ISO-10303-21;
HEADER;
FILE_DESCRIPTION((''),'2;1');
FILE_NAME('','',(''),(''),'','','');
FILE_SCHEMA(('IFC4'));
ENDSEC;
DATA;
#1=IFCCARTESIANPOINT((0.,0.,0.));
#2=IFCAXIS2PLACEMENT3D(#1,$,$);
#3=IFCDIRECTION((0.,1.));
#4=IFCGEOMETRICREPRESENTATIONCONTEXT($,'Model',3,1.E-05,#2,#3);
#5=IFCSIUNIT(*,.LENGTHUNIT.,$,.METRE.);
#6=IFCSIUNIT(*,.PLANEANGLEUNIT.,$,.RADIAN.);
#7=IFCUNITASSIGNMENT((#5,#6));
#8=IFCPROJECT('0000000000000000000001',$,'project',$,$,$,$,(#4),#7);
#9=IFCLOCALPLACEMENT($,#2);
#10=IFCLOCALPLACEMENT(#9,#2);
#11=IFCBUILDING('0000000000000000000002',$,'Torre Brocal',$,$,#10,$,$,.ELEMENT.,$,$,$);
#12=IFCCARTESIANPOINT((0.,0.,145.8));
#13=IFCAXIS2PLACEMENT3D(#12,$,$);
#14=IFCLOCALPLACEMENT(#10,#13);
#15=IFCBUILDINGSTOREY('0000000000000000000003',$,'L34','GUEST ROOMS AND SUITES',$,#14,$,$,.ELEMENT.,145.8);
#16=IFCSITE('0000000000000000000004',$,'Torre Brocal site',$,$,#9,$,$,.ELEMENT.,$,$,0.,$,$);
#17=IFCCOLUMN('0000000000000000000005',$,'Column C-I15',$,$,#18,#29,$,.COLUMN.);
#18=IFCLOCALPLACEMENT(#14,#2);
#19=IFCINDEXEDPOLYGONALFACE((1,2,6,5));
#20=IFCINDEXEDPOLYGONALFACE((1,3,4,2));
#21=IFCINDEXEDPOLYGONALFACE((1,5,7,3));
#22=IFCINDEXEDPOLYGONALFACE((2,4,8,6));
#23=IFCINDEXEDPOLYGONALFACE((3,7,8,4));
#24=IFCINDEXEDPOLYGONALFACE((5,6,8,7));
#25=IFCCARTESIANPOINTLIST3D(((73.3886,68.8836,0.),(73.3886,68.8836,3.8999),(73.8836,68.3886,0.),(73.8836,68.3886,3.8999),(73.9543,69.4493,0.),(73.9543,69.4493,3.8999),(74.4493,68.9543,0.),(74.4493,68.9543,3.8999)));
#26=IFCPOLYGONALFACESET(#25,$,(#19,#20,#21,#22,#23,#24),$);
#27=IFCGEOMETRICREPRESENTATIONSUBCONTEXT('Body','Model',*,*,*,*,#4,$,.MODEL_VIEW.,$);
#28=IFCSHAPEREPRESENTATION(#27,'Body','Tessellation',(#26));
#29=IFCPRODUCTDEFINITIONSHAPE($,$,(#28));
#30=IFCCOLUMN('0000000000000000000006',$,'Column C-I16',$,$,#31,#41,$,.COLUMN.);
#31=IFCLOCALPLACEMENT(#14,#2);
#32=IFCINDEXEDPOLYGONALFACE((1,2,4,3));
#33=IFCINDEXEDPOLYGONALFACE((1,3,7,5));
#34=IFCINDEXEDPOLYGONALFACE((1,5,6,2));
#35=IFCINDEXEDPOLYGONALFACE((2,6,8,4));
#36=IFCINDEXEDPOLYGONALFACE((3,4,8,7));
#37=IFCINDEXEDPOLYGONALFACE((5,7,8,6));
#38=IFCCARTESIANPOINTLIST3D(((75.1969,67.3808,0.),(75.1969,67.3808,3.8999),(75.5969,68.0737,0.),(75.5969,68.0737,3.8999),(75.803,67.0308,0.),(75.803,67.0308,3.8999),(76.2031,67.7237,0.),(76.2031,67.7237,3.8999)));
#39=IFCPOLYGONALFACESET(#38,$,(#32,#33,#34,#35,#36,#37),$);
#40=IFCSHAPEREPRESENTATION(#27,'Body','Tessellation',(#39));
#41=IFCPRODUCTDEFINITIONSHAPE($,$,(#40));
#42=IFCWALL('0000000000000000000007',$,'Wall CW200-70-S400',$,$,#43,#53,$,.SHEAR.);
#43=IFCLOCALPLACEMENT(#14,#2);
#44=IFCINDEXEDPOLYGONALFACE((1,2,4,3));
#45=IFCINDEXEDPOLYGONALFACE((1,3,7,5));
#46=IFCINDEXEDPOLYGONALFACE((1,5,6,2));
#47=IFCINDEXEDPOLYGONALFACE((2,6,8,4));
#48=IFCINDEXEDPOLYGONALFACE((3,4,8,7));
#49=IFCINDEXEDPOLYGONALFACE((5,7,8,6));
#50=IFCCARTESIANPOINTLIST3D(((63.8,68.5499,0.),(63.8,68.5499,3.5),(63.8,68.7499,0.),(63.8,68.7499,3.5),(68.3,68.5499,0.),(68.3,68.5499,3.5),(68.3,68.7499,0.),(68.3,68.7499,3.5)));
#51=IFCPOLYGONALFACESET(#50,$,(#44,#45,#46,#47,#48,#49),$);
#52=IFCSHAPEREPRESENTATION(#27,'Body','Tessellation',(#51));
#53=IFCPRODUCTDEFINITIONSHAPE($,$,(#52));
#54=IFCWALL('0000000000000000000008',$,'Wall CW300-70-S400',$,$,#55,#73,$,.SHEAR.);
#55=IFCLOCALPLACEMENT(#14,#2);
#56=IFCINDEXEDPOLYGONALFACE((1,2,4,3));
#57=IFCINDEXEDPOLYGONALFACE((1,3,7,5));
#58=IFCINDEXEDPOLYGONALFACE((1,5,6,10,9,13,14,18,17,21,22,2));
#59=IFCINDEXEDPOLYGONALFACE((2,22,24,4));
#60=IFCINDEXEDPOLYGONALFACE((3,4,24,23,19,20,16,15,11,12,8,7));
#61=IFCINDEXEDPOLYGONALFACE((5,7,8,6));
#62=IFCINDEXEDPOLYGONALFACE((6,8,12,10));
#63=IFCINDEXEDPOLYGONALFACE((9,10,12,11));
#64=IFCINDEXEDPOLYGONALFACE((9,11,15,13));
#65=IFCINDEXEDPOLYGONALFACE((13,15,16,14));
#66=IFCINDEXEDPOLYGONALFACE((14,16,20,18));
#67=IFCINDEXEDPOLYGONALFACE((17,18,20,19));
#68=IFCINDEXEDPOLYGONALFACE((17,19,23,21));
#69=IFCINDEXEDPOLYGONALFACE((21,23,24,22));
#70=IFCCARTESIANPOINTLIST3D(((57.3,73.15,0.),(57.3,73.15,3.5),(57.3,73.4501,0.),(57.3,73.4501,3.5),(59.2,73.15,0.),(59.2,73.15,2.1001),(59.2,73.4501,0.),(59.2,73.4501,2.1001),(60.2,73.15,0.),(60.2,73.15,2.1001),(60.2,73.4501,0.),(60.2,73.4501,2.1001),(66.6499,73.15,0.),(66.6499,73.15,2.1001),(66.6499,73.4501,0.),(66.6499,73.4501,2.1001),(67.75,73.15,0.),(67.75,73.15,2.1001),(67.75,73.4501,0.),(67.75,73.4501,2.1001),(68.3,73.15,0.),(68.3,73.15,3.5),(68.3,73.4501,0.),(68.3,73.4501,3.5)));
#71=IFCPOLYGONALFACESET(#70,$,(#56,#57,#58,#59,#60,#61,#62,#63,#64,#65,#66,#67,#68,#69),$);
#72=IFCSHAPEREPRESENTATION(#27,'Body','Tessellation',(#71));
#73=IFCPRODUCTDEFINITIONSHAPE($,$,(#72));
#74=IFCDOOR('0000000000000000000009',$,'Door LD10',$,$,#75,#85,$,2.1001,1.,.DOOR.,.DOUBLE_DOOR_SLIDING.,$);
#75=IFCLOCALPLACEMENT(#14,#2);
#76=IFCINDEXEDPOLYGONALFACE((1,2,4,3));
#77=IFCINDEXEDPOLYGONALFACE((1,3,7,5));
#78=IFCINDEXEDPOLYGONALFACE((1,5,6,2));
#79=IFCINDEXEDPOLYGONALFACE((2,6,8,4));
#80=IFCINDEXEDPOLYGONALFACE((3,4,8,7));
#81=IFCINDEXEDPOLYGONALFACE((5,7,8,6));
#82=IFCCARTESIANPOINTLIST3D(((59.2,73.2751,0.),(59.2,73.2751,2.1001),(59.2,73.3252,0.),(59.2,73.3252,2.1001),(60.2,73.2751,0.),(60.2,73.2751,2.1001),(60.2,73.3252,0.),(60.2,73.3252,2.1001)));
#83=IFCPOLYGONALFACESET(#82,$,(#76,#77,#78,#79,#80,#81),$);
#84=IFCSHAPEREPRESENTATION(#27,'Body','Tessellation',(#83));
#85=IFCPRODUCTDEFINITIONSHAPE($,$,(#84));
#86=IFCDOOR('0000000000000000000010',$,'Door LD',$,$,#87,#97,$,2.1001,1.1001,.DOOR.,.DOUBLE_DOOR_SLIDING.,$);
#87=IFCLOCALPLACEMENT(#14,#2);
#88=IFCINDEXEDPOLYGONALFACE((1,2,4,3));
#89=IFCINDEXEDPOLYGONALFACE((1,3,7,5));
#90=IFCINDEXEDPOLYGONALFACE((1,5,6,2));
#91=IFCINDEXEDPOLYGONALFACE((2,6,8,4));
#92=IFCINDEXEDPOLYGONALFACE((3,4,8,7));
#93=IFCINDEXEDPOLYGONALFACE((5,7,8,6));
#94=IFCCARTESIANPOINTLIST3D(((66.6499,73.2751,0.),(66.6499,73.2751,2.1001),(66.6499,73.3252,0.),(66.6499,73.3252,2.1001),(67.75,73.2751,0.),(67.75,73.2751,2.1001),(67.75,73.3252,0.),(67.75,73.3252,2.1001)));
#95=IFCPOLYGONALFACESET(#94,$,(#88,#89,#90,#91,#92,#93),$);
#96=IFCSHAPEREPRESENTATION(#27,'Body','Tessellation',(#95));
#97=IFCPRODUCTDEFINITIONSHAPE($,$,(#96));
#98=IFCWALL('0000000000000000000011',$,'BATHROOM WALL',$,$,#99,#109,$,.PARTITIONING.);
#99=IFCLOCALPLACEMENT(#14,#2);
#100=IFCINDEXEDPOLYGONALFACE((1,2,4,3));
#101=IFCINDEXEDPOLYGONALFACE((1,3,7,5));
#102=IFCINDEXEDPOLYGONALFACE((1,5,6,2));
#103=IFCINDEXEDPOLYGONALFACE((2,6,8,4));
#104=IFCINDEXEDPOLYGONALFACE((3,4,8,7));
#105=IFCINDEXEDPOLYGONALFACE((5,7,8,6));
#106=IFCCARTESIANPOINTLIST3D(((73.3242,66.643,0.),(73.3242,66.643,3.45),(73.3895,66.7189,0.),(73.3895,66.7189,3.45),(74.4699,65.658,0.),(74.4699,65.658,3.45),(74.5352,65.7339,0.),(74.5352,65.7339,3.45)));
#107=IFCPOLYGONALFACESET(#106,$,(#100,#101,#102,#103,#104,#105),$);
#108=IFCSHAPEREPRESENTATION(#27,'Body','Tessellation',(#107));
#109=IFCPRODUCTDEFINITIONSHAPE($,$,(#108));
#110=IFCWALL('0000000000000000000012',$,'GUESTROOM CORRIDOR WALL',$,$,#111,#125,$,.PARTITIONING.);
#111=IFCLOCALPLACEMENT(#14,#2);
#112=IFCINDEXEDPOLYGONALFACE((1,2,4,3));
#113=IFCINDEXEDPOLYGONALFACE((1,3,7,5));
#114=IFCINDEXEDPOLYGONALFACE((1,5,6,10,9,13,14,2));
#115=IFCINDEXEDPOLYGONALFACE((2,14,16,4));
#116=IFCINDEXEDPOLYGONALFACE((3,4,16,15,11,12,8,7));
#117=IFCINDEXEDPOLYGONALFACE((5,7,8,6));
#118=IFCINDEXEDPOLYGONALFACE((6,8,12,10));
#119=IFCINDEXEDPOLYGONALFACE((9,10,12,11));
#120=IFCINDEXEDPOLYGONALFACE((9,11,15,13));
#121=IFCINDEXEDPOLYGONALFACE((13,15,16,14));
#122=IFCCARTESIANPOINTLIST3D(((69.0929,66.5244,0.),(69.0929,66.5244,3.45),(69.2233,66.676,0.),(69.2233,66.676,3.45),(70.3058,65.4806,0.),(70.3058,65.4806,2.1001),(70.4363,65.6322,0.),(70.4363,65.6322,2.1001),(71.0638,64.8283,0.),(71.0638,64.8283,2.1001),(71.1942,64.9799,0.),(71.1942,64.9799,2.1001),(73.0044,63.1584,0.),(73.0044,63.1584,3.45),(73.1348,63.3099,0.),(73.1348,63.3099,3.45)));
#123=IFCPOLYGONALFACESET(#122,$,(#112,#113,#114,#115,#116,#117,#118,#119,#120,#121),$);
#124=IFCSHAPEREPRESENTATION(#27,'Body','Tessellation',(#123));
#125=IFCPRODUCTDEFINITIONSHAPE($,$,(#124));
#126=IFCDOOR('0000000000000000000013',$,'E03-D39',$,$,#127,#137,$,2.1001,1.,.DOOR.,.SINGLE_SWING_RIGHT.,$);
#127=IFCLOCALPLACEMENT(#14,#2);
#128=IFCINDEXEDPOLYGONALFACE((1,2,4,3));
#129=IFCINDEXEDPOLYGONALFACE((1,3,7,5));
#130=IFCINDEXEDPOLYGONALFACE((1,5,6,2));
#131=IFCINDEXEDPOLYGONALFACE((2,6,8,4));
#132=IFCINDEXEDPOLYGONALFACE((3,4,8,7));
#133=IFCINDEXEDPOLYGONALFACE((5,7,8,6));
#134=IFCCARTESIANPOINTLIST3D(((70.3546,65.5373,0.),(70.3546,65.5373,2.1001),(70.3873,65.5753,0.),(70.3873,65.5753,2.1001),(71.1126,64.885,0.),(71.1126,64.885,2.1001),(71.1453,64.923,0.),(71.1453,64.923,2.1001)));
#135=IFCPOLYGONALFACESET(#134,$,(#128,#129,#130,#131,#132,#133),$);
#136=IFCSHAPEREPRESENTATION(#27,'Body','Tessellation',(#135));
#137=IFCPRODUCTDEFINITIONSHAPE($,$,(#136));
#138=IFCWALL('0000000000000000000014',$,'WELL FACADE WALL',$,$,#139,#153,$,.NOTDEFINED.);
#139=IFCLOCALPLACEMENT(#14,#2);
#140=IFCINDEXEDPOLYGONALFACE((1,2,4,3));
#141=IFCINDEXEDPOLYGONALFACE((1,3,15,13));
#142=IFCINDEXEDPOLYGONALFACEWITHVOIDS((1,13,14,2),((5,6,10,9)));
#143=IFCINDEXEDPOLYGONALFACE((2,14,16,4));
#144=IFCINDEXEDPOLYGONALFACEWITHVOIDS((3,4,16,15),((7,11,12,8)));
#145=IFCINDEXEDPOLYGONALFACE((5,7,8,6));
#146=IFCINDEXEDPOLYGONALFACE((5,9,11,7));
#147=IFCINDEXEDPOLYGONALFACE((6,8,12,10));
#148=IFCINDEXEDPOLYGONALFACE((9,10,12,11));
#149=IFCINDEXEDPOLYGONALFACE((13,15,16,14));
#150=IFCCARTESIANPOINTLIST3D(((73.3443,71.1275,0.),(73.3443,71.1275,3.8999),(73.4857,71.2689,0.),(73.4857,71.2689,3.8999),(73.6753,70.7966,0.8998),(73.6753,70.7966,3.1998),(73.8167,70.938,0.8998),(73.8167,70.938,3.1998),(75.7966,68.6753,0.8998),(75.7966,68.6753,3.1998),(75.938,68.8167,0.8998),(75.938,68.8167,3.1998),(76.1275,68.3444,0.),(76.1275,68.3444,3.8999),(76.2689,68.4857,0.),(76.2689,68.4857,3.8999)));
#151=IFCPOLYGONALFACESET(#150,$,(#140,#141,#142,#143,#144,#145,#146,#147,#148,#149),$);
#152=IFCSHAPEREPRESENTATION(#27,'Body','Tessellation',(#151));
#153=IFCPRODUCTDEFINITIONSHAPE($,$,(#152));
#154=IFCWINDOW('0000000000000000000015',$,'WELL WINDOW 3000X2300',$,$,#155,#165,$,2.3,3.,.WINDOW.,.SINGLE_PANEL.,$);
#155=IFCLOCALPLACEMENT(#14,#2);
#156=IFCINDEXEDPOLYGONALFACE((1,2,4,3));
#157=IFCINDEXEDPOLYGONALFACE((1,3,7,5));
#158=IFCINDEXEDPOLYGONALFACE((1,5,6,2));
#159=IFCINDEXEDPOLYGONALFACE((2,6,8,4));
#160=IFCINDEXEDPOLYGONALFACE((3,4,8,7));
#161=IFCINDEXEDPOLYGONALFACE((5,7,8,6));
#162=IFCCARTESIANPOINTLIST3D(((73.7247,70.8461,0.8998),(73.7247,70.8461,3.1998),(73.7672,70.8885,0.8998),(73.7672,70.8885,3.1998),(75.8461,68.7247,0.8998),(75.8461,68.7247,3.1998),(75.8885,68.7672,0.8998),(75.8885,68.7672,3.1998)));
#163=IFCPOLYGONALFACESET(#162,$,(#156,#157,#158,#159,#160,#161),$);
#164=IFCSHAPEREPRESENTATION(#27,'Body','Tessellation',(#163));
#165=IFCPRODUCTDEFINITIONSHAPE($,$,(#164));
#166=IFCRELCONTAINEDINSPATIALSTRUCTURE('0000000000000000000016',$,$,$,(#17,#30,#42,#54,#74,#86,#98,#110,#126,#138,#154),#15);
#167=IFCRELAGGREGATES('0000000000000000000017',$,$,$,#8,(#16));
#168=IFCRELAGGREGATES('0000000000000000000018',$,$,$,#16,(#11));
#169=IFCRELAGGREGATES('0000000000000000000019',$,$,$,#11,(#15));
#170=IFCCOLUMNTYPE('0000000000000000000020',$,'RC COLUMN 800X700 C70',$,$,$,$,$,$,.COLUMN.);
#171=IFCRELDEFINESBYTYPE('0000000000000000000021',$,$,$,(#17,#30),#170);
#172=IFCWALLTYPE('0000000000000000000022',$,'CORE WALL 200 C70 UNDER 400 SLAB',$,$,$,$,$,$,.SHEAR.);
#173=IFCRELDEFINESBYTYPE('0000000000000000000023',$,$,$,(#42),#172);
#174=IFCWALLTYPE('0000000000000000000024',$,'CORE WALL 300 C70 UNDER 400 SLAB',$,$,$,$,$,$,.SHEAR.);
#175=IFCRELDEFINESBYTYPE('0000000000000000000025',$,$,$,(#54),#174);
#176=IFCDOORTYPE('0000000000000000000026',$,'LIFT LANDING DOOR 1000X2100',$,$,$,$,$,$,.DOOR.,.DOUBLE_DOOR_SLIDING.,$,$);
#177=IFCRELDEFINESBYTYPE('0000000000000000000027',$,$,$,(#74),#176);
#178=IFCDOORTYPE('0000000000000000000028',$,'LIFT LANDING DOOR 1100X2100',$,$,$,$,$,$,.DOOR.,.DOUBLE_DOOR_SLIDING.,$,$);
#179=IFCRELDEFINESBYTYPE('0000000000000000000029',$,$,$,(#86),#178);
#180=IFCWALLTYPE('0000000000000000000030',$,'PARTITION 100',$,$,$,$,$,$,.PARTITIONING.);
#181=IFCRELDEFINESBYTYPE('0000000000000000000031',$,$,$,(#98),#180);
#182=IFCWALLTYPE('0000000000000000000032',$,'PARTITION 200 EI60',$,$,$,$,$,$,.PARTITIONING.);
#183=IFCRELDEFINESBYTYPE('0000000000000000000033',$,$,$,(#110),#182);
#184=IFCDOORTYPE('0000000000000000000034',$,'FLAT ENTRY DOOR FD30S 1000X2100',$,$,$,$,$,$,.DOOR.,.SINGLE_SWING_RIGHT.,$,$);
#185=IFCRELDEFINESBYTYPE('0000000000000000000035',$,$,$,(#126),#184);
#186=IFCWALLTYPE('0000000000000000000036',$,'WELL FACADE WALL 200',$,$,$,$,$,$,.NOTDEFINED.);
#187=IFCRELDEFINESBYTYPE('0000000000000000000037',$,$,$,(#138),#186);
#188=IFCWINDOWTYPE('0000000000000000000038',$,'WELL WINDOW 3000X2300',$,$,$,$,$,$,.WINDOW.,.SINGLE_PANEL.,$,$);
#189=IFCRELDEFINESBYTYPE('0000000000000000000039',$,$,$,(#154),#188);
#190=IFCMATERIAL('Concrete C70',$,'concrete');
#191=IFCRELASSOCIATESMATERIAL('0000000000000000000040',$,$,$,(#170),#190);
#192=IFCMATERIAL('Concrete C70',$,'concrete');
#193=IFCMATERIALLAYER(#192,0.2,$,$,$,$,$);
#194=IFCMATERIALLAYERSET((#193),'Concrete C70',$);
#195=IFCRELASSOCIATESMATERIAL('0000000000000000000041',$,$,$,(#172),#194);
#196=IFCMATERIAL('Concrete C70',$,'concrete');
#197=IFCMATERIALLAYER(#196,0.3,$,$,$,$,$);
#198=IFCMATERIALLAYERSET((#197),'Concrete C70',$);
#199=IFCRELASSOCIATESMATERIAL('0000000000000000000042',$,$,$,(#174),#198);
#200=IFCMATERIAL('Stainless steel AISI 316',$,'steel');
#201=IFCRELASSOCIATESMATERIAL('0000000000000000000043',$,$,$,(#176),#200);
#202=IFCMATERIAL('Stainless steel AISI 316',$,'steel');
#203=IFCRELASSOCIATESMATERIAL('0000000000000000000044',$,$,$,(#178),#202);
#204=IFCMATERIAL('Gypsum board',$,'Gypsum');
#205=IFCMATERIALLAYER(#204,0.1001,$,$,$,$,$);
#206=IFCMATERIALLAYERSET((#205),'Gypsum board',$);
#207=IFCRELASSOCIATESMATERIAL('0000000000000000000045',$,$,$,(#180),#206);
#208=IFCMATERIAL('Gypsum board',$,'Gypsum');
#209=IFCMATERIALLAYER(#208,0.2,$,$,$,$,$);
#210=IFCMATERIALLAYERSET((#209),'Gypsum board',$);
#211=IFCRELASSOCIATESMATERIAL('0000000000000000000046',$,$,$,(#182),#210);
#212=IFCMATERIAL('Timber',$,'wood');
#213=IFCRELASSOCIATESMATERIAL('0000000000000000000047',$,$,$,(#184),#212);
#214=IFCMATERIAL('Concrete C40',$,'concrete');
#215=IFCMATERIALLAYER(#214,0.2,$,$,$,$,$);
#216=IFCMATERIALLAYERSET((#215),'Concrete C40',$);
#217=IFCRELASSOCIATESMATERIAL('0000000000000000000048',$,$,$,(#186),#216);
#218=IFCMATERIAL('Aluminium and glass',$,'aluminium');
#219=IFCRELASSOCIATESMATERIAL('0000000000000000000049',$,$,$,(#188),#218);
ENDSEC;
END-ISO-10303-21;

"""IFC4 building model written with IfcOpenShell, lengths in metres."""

from ifc_helpers import new_model, si_unit, direction, frame, frame_2d, origin, origin_2d, place, context, subcontext, project, spatial, rectangle, extrude, material, layer, layer_set, material_profile, profile_set, type_object, element, fill, save


model = new_model("IFC4")

# Units and contexts
model_context = context("Model", 3, precision=1e-05, world=origin(), true_north=direction((0.0, 1.0)))
body_context = subcontext(model_context, "Body", "Model", "MODEL_VIEW")
ifc_project = project(units=[si_unit("LENGTHUNIT", "METRE"), si_unit("PLANEANGLEUNIT", "RADIAN")], contexts=[model_context])

# Site, building, storey
site_placement = place(None, origin())
site = spatial("IfcSite", under=ifc_project, at=site_placement, Name="Torre Brocal site", CompositionType="ELEMENT", RefElevation=0.0)
building_placement = place(site_placement, origin())
building = spatial("IfcBuilding", under=site, at=building_placement, Name="Torre Brocal", CompositionType="ELEMENT")
storey_placement = place(building_placement, frame((0.0, 0.0, 145.8)))
storey = spatial("IfcBuildingStorey", under=building, at=storey_placement, Name="L34", Description="GUEST ROOMS AND SUITES", CompositionType="ELEMENT", Elevation=145.8)

# Columns
ifc_material_1 = material(Name="Concrete C70", Category="concrete")
ifc_material_profile = material_profile(ifc_material_1, rectangle(XDim=0.8, YDim=0.7, at=origin_2d()), Name="RC 800X700")
ifc_profile_set = profile_set([ifc_material_profile], Name="Concrete C70")
column_type = type_object("IfcColumnType", Name="RC COLUMN 800X700 C70", PredefinedType="COLUMN", material=ifc_profile_set)
for number, where, z_axis, x_axis, name in (
    (1, (73.9189, 68.9189, 0.0), (0.0, 0.0, 1.0), (-0.707107, -0.707107, 0.0), "Column C-I15"),
    (2, (75.7, 67.5522, 0.0), (0.0, 0.0, 1.0), (-0.5, -0.866025, 0.0), "Column C-I16"),
):
    element("IfcColumn", number, at=place(storey_placement, frame(where, z_axis=z_axis, x_axis=x_axis)), inside=storey, type_object=column_type, Name=name, PredefinedType="COLUMN", context=body_context, shape_type="SweptSolid", body=[
        extrude(rectangle(XDim=0.8, YDim=0.7, at=origin_2d()), origin(), (0.0, 0.0, 1.0), 3.8999),
    ])

# Wall
ifc_material_2 = material(Name="Concrete C70", Category="concrete")
ifc_layer_1 = layer(ifc_material_2, 0.2)
ifc_layer_set_1 = layer_set([ifc_layer_1], Name="Concrete C70")
wall_type_1 = type_object("IfcWallType", Name="CORE WALL 200 C70 UNDER 400 SLAB", PredefinedType="SHEAR", material=ifc_layer_set_1)
wall_1_placement = place(storey_placement, frame((68.3, 68.6499, 0.0), z_axis=(0.0, 0.0, 1.0), x_axis=(-1.0, 0.0, 0.0)))
element("IfcWall", 3, at=wall_1_placement, inside=storey, type_object=wall_type_1, Name="Wall CW200-70-S400", PredefinedType="SHEAR", context=body_context, shape_type="SweptSolid", body=[
    extrude(rectangle(XDim=4.5, YDim=0.2, at=frame_2d((2.25, 0.0))), origin(), (0.0, 0.0, 1.0), 3.5),
])

# Wall, openings, doors
ifc_material_3 = material(Name="Concrete C70", Category="concrete")
ifc_layer_2 = layer(ifc_material_3, 0.3)
ifc_layer_set_2 = layer_set([ifc_layer_2], Name="Concrete C70")
wall_type_2 = type_object("IfcWallType", Name="CORE WALL 300 C70 UNDER 400 SLAB", PredefinedType="SHEAR", material=ifc_layer_set_2)
wall_2_placement = place(storey_placement, frame((68.3, 73.3, 0.0), z_axis=(0.0, 0.0, 1.0), x_axis=(-1.0, 0.0, 0.0)))
wall_2 = element("IfcWall", 4, at=wall_2_placement, inside=storey, type_object=wall_type_2, Name="Wall CW300-70-S400", PredefinedType="SHEAR", context=body_context, shape_type="SweptSolid", body=[
    extrude(rectangle(XDim=11.0, YDim=0.3, at=frame_2d((5.5, 0.0))), origin(), (0.0, 0.0, 1.0), 3.5),
])
opening_1_placement = place(wall_2_placement, frame((0.55, 0.0, 0.0)))
opening_1 = element("IfcOpeningElement", 5, at=opening_1_placement, cuts=wall_2, PredefinedType="OPENING", context=body_context, shape_type="SweptSolid", body=[
    extrude(rectangle(XDim=1.1001, YDim=2.1001, at=frame_2d((0.55, 1.05))), frame((0.0, 0.1599, 0.0), z_axis=(0.0, -1.0, 0.0), x_axis=(1.0, 0.0, 0.0)), (0.0, 0.0, 1.0), 0.3201),
])
opening_2_placement = place(wall_2_placement, frame((8.1001, 0.0, 0.0)))
opening_2 = element("IfcOpeningElement", 6, at=opening_2_placement, cuts=wall_2, PredefinedType="OPENING", context=body_context, shape_type="SweptSolid", body=[
    extrude(rectangle(XDim=1.0, YDim=2.1001, at=frame_2d((0.5, 1.05))), frame((0.0, 0.1599, 0.0), z_axis=(0.0, -1.0, 0.0), x_axis=(1.0, 0.0, 0.0)), (0.0, 0.0, 1.0), 0.3201),
])
ifc_material_4 = material(Name="Stainless steel AISI 316", Category="steel")
door_type_1 = type_object("IfcDoorType", Name="LIFT LANDING DOOR 1000X2100", OperationType="DOUBLE_DOOR_SLIDING", PredefinedType="DOOR", material=ifc_material_4)
door_1_placement = place(opening_2_placement, origin())
door_1 = element("IfcDoor", 7, at=door_1_placement, inside=storey, type_object=door_type_1, Name="Door LD10", OperationType="DOUBLE_DOOR_SLIDING", OverallHeight=2.1001, OverallWidth=1.0, PredefinedType="DOOR", context=body_context, shape_type="SweptSolid", body=[
    extrude(rectangle(XDim=1.0, YDim=2.1001, at=frame_2d((0.5, 1.05))), frame((0.0, 0.0249, 0.0), z_axis=(0.0, -1.0, 0.0), x_axis=(1.0, 0.0, 0.0)), (0.0, 0.0, 1.0), 0.05),
])
fill(opening_2, door_1)
ifc_material_5 = material(Name="Stainless steel AISI 316", Category="steel")
door_type_2 = type_object("IfcDoorType", Name="LIFT LANDING DOOR 1100X2100", OperationType="DOUBLE_DOOR_SLIDING", PredefinedType="DOOR", material=ifc_material_5)
door_2_placement = place(opening_1_placement, origin())
door_2 = element("IfcDoor", 8, at=door_2_placement, inside=storey, type_object=door_type_2, Name="Door LD", OperationType="DOUBLE_DOOR_SLIDING", OverallHeight=2.1001, OverallWidth=1.1001, PredefinedType="DOOR", context=body_context, shape_type="SweptSolid", body=[
    extrude(rectangle(XDim=1.1001, YDim=2.1001, at=frame_2d((0.55, 1.05))), frame((0.0, 0.0249, 0.0), z_axis=(0.0, -1.0, 0.0), x_axis=(1.0, 0.0, 0.0)), (0.0, 0.0, 1.0), 0.05),
])
fill(opening_1, door_2)

# Wall
ifc_material_6 = material(Name="Gypsum board", Category="Gypsum")
ifc_layer_3 = layer(ifc_material_6, 0.1001)
ifc_layer_set_3 = layer_set([ifc_layer_3], Name="Gypsum board")
wall_type_3 = type_object("IfcWallType", Name="PARTITION 100", PredefinedType="PARTITIONING", material=ifc_layer_set_3)
wall_3_placement = place(storey_placement, frame((73.3569, 66.6809, 0.0), z_axis=(0.0, 0.0, 1.0), x_axis=(0.758263, -0.651948, 0.0)))
element("IfcWall", 9, at=wall_3_placement, inside=storey, type_object=wall_type_3, Name="BATHROOM WALL", PredefinedType="PARTITIONING", context=body_context, shape_type="SweptSolid", body=[
    extrude(rectangle(XDim=1.511, YDim=0.1001, at=frame_2d((0.7554, 0.0))), origin(), (0.0, 0.0, 1.0), 3.45),
])

# Wall, opening, door
ifc_material_7 = material(Name="Gypsum board", Category="Gypsum")
ifc_layer_4 = layer(ifc_material_7, 0.2)
ifc_layer_set_4 = layer_set([ifc_layer_4], Name="Gypsum board")
wall_type_4 = type_object("IfcWallType", Name="PARTITION 200 EI60", PredefinedType="PARTITIONING", material=ifc_layer_set_4)
wall_4_placement = place(storey_placement, frame((69.1582, 66.6001, 0.0), z_axis=(0.0, 0.0, 1.0), x_axis=(0.757976, -0.652282, 0.0)))
wall_4 = element("IfcWall", 10, at=wall_4_placement, inside=storey, type_object=wall_type_4, Name="GUESTROOM CORRIDOR WALL", PredefinedType="PARTITIONING", context=body_context, shape_type="SweptSolid", body=[
    extrude(rectangle(XDim=5.1604, YDim=0.2, at=frame_2d((2.5801, 0.0))), origin(), (0.0, 0.0, 1.0), 3.45),
])
opening_3_placement = place(wall_4_placement, frame((1.6001, 0.0, 0.0)))
opening_3 = element("IfcOpeningElement", 11, at=opening_3_placement, cuts=wall_4, PredefinedType="OPENING", context=body_context, shape_type="SweptSolid", body=[
    extrude(rectangle(XDim=1.0, YDim=2.1001, at=frame_2d((0.5, 1.05))), frame((0.0, 0.1099, 0.0), z_axis=(0.0, -1.0, 0.0), x_axis=(1.0, 0.0, 0.0)), (0.0, 0.0, 1.0), 0.22),
])
ifc_material_8 = material(Name="Timber", Category="wood")
door_type_3 = type_object("IfcDoorType", Name="FLAT ENTRY DOOR FD30S 1000X2100", OperationType="SINGLE_SWING_RIGHT", PredefinedType="DOOR", material=ifc_material_8)
door_3_placement = place(opening_3_placement, origin())
door_3 = element("IfcDoor", 12, at=door_3_placement, inside=storey, type_object=door_type_3, Name="E03-D39", OperationType="SINGLE_SWING_RIGHT", OverallHeight=2.1001, OverallWidth=1.0, PredefinedType="DOOR", context=body_context, shape_type="SweptSolid", body=[
    extrude(rectangle(XDim=1.0, YDim=2.1001, at=frame_2d((0.5, 1.05))), frame((0.0, 0.0249, 0.0), z_axis=(0.0, -1.0, 0.0), x_axis=(1.0, 0.0, 0.0)), (0.0, 0.0, 1.0), 0.05),
])
fill(opening_3, door_3)

# Wall, opening, window
ifc_material_9 = material(Name="Concrete C40", Category="concrete")
ifc_layer_5 = layer(ifc_material_9, 0.2)
ifc_layer_set_5 = layer_set([ifc_layer_5], Name="Concrete C40")
wall_type_5 = type_object("IfcWallType", Name="WELL FACADE WALL 200", PredefinedType="NOTDEFINED", material=ifc_layer_set_5)
wall_5_placement = place(storey_placement, frame((73.415, 71.1982, 0.0), z_axis=(0.0, 0.0, 1.0), x_axis=(0.707107, -0.707107, 0.0)))
wall_5 = element("IfcWall", 13, at=wall_5_placement, inside=storey, type_object=wall_type_5, Name="WELL FACADE WALL", PredefinedType="NOTDEFINED", context=body_context, shape_type="SweptSolid", body=[
    extrude(rectangle(XDim=3.936, YDim=0.2, at=frame_2d((1.968, 0.0))), origin(), (0.0, 0.0, 1.0), 3.8999),
])
opening_4_placement = place(wall_5_placement, frame((0.468, 0.0, 0.8999)))
opening_4 = element("IfcOpeningElement", 14, at=opening_4_placement, cuts=wall_5, PredefinedType="OPENING", context=body_context, shape_type="SweptSolid", body=[
    extrude(rectangle(XDim=3.0, YDim=2.3, at=frame_2d((1.5, 1.1499))), frame((0.0, 0.1099, 0.0), z_axis=(0.0, -1.0, 0.0), x_axis=(1.0, 0.0, 0.0)), (0.0, 0.0, 1.0), 0.22),
])
ifc_material_10 = material(Name="Aluminium and glass", Category="aluminium")
window_type = type_object("IfcWindowType", Name="WELL WINDOW 3000X2300", PartitioningType="SINGLE_PANEL", PredefinedType="WINDOW", material=ifc_material_10)
window_1_placement = place(opening_4_placement, origin())
window_1 = element("IfcWindow", 15, at=window_1_placement, inside=storey, type_object=window_type, Name="WELL WINDOW 3000X2300", OverallHeight=2.3, OverallWidth=3.0, PartitioningType="SINGLE_PANEL", PredefinedType="WINDOW", context=body_context, shape_type="SweptSolid", body=[
    extrude(rectangle(XDim=3.0, YDim=2.3, at=frame_2d((1.5, 1.1499))), frame((0.0, 0.03, 0.0), z_axis=(0.0, -1.0, 0.0), x_axis=(1.0, 0.0, 0.0)), (0.0, 0.0, 1.0), 0.0601),
])
fill(opening_4, window_1)

save(model, "model.ifc")
